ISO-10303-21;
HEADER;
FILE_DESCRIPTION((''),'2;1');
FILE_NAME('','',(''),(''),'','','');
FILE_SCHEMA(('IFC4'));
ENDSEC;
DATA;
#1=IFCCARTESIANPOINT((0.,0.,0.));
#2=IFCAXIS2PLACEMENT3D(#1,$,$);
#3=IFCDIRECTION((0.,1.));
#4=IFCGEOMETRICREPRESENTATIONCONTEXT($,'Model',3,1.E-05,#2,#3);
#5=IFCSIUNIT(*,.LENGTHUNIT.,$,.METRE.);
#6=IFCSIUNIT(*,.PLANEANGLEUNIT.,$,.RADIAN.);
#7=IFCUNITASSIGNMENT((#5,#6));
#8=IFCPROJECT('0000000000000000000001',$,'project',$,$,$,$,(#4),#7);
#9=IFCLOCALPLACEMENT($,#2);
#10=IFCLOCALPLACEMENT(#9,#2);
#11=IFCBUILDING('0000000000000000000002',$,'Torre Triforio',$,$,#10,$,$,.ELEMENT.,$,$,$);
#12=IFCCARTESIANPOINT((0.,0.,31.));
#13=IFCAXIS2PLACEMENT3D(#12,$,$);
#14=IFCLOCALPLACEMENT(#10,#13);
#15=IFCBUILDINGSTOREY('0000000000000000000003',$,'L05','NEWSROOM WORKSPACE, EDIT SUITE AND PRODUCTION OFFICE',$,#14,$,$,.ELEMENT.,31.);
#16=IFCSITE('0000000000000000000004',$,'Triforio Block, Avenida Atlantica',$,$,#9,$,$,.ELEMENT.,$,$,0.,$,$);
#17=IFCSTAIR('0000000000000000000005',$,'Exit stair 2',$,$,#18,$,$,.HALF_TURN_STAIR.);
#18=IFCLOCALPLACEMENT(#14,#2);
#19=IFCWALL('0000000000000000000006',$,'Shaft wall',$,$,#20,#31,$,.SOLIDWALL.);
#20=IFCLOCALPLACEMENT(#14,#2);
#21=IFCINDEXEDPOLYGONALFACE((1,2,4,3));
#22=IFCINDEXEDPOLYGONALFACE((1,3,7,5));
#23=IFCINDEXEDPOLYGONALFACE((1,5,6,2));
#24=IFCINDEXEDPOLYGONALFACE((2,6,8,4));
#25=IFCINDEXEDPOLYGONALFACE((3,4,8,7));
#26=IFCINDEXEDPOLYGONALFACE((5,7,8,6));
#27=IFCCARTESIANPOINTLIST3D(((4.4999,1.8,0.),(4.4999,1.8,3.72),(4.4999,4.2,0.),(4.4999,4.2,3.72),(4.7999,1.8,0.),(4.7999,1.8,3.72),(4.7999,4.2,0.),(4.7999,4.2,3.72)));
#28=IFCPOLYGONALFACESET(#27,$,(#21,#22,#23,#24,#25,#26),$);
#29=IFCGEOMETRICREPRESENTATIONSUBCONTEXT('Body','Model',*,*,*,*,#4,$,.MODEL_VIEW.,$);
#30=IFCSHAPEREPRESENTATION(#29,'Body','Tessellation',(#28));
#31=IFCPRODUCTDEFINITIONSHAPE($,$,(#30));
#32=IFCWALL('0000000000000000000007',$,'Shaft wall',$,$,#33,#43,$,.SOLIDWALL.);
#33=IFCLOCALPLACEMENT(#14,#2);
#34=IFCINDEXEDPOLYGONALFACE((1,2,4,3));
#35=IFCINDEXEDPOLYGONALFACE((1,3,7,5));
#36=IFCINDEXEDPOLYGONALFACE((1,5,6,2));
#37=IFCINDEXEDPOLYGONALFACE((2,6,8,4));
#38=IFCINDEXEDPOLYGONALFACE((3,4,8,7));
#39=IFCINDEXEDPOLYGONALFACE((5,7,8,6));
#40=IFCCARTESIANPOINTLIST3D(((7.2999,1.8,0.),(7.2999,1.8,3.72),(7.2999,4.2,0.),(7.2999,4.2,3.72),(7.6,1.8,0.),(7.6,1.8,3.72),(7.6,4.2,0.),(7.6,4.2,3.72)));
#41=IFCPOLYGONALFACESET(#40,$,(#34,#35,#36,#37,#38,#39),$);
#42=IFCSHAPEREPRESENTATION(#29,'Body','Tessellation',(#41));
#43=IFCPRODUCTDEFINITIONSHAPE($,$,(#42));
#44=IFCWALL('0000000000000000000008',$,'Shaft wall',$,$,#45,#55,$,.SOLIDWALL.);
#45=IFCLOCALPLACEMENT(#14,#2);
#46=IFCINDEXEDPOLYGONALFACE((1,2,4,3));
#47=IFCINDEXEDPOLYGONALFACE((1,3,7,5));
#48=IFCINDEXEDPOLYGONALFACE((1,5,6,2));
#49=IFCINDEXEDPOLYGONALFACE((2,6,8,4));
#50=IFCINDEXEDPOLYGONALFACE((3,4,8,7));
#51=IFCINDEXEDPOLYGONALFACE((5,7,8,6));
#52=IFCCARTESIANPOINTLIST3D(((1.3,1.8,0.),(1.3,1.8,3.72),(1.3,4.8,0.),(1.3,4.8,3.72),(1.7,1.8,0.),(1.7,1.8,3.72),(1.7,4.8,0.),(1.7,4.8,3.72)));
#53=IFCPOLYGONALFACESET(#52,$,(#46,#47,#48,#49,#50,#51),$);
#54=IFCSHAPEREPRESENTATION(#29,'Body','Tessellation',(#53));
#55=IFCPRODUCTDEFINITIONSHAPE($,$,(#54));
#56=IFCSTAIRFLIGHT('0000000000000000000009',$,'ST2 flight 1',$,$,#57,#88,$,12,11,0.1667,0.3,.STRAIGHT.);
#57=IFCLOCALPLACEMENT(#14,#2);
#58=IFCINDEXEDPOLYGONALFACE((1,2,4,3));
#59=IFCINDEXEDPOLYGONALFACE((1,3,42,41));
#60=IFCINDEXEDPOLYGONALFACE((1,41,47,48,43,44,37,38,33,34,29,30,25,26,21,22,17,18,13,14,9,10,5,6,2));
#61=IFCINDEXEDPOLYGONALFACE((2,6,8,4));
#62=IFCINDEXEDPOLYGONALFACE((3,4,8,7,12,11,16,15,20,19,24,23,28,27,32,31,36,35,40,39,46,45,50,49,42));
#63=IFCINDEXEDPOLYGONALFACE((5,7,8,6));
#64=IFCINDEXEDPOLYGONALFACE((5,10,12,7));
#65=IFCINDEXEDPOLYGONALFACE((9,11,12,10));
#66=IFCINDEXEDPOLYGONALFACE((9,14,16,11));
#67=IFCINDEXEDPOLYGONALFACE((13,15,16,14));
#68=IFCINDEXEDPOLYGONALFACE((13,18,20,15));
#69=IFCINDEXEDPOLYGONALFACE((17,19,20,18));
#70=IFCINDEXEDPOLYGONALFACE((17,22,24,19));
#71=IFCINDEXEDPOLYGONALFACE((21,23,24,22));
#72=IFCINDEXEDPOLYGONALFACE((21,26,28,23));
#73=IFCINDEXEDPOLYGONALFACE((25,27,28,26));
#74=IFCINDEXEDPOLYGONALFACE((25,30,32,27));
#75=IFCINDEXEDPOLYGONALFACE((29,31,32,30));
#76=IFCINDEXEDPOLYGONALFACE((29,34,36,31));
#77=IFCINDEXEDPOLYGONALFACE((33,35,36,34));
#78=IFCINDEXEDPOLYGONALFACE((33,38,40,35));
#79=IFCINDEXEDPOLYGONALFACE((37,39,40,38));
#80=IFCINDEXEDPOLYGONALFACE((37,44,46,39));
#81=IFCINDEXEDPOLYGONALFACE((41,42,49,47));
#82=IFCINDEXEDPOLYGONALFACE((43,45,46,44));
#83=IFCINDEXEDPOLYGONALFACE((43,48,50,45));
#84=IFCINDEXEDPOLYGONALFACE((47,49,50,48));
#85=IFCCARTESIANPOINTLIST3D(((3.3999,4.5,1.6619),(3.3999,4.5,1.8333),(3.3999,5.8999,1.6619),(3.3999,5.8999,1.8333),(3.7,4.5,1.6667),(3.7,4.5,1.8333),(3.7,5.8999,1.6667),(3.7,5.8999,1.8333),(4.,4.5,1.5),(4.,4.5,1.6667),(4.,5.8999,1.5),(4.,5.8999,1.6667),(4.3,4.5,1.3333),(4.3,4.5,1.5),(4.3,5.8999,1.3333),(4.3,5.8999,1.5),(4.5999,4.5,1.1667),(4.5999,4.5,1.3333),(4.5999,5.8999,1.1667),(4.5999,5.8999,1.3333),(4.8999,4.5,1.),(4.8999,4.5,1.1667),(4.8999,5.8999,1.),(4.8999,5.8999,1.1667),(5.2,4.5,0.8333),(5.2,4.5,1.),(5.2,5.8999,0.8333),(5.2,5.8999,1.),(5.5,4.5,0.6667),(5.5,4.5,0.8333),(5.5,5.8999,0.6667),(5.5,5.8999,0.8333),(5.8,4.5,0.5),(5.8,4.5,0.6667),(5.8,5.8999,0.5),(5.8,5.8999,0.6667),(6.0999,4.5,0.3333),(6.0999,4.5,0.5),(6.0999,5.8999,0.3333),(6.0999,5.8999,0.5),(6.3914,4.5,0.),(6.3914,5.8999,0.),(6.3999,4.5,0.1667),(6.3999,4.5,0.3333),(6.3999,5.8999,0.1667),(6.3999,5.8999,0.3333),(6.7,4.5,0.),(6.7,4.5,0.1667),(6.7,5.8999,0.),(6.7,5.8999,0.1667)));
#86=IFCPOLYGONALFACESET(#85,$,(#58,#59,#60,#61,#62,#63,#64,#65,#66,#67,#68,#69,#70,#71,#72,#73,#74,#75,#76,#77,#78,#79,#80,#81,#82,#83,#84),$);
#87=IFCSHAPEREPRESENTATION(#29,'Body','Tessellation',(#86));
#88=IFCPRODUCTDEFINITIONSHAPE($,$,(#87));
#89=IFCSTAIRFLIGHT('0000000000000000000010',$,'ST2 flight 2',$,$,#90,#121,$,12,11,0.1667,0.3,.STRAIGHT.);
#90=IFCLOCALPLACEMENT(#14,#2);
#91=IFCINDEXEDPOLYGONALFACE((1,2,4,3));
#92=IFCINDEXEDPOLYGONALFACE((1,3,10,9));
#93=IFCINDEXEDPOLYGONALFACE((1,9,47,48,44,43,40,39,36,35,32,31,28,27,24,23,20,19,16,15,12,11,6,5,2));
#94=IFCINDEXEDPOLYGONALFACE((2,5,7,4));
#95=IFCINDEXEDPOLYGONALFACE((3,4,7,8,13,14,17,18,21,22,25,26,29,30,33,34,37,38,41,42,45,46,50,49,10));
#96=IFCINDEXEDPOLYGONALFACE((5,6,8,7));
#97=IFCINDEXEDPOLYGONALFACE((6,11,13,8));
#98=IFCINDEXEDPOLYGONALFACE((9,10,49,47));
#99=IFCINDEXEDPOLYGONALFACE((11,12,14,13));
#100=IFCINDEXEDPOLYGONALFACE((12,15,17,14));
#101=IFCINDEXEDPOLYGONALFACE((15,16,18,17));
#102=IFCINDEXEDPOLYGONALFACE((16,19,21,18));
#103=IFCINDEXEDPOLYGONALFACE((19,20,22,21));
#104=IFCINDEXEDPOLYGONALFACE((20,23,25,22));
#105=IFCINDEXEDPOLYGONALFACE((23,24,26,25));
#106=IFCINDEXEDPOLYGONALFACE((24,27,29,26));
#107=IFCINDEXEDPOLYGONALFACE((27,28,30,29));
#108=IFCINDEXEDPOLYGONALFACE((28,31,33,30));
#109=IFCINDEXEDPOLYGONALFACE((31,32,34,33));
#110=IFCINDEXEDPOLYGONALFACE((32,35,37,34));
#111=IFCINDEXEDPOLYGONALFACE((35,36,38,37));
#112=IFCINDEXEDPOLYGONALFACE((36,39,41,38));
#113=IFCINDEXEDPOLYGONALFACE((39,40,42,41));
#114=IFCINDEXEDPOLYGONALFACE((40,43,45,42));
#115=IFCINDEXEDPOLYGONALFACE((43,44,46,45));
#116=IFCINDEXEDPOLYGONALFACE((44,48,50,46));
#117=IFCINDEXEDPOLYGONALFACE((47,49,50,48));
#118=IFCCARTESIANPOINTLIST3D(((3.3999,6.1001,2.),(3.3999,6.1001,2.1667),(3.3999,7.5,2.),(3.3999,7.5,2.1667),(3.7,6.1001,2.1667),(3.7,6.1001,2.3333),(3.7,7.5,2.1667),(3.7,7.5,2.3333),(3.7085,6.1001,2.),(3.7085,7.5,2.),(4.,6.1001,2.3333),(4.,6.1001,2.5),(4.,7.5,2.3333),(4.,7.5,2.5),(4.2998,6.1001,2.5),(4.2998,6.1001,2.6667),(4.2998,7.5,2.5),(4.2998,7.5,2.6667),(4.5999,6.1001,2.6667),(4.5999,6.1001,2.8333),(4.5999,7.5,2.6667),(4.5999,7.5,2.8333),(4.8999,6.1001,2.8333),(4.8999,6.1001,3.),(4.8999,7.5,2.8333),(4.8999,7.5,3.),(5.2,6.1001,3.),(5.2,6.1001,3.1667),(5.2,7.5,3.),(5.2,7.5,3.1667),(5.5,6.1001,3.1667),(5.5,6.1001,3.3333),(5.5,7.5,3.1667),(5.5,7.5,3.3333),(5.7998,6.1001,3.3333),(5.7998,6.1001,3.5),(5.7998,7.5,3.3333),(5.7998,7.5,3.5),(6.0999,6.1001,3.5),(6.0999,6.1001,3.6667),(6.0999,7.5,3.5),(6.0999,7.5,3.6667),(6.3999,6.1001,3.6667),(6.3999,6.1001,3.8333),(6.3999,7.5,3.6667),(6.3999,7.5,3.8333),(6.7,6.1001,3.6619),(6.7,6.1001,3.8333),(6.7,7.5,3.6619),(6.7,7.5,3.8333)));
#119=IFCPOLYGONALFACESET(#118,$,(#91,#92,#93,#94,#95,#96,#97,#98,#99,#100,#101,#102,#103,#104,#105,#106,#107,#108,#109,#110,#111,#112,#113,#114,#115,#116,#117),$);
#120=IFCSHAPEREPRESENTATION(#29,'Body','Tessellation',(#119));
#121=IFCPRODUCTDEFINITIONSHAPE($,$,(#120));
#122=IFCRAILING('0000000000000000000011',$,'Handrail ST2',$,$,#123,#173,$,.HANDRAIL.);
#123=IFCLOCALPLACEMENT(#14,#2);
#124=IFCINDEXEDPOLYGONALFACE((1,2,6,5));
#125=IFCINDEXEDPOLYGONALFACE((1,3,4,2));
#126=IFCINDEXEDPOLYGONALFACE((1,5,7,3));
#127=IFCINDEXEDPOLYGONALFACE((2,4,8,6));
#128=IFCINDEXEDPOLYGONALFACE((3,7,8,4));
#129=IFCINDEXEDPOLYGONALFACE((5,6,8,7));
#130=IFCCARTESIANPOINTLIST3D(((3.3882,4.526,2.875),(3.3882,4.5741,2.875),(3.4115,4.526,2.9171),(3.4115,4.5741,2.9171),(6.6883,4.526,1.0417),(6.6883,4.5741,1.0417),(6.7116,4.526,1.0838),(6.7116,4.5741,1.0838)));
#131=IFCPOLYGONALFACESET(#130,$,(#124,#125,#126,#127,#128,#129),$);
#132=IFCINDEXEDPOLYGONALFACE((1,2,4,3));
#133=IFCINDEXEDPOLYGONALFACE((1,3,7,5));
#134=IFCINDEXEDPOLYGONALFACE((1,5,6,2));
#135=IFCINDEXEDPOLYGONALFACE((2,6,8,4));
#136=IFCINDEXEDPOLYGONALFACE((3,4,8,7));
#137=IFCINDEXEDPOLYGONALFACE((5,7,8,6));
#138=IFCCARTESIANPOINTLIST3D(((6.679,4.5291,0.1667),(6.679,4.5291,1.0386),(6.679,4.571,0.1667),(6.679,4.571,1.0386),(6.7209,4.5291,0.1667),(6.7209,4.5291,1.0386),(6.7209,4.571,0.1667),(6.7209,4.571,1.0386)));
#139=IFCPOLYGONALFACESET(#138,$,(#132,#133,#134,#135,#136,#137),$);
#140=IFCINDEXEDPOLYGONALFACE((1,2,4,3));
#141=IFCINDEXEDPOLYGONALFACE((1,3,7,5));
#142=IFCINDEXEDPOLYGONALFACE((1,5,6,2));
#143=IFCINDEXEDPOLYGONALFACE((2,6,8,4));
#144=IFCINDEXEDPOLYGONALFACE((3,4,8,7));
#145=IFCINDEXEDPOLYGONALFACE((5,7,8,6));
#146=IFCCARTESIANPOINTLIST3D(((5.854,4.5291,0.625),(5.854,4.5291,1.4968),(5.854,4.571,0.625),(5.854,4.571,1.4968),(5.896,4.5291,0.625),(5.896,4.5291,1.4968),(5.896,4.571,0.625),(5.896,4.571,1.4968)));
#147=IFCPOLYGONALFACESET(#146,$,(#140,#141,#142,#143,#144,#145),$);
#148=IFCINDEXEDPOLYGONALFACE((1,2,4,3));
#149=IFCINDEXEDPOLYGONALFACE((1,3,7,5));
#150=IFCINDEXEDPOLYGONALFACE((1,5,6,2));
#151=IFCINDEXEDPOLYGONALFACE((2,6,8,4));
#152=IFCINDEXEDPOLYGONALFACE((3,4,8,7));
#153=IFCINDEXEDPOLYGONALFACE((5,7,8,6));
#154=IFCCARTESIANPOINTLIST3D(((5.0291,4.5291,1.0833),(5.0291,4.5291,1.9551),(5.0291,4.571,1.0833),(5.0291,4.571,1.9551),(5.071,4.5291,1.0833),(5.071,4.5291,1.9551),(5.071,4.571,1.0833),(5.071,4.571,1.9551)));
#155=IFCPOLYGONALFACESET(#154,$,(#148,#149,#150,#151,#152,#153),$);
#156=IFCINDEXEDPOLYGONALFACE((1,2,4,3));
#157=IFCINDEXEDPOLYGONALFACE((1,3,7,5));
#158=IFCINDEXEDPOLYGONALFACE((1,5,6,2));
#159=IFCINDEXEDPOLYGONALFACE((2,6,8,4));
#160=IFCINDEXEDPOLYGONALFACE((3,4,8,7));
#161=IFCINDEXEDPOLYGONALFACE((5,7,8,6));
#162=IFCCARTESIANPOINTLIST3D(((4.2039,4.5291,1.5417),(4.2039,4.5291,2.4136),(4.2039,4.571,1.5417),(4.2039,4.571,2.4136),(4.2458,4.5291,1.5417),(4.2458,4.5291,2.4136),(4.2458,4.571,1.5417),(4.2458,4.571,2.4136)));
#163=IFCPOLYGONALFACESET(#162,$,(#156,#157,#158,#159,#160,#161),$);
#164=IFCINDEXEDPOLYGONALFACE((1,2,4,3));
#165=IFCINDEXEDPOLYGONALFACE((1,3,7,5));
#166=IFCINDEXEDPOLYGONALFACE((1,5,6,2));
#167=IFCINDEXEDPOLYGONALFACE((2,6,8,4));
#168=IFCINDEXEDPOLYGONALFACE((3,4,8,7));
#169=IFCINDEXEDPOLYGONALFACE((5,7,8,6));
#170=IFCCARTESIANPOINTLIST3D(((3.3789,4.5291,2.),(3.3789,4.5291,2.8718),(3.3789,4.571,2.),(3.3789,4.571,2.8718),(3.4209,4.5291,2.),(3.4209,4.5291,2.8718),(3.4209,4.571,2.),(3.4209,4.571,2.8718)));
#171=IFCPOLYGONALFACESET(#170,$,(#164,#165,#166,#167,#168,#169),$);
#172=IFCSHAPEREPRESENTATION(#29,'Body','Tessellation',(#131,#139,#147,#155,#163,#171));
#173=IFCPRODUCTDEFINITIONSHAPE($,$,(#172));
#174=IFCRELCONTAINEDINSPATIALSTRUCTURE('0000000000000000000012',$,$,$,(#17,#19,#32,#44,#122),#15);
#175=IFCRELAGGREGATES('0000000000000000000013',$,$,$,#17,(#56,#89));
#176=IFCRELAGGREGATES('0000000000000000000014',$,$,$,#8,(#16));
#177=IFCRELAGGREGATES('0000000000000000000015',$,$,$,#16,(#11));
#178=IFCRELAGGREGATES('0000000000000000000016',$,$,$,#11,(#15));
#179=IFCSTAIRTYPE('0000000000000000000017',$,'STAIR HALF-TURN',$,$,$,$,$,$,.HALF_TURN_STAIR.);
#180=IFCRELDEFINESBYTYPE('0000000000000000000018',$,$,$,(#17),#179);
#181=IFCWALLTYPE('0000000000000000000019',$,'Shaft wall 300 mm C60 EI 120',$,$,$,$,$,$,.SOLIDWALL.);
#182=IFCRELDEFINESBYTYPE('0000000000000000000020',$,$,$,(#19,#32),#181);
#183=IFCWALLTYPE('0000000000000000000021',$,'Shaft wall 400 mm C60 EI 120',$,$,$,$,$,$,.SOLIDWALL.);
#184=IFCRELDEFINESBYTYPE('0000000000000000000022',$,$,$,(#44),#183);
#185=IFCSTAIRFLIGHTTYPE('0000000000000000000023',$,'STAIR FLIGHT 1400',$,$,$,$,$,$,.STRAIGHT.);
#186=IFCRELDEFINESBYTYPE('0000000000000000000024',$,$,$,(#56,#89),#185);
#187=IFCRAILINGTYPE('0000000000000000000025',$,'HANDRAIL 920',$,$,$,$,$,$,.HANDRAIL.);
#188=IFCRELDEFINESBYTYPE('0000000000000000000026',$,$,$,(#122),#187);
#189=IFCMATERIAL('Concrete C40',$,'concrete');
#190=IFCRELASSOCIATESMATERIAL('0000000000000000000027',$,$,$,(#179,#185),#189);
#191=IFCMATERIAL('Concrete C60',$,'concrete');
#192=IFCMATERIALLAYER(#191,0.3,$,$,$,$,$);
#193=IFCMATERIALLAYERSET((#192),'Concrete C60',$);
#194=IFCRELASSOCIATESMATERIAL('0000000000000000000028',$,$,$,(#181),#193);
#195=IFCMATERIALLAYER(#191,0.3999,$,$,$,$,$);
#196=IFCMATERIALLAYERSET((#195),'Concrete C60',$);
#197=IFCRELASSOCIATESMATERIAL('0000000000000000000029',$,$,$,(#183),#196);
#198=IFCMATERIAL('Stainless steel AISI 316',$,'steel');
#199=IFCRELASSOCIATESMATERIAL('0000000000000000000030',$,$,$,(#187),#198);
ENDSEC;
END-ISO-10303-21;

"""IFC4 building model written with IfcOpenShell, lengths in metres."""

from ifc_helpers import new_model, si_unit, direction, frame, frame_2d, origin, origin_2d, place, context, subcontext, project, spatial, polyline, rectangle, outline, extrude, material, layer, layer_set, type_object, element, aggregate, save


model = new_model("IFC4")

# Units and contexts
model_context = context("Model", 3, precision=1e-05, world=origin(), true_north=direction((0.0, 1.0)))
body_context = subcontext(model_context, "Body", "Model", "MODEL_VIEW")
ifc_project = project(units=[si_unit("LENGTHUNIT", "METRE"), si_unit("PLANEANGLEUNIT", "RADIAN")], contexts=[model_context])

# Site, building, storey
site_placement = place(None, origin())
site = spatial("IfcSite", under=ifc_project, at=site_placement, Name="Triforio Block, Avenida Atlantica", CompositionType="ELEMENT", RefElevation=0.0)
building_placement = place(site_placement, origin())
building = spatial("IfcBuilding", under=site, at=building_placement, Name="Torre Triforio", CompositionType="ELEMENT")
storey_placement = place(building_placement, frame((0.0, 0.0, 31.0)))
storey = spatial("IfcBuildingStorey", under=building, at=storey_placement, Name="L05", Description="NEWSROOM WORKSPACE, EDIT SUITE AND PRODUCTION OFFICE", CompositionType="ELEMENT", Elevation=31.0)

# Shared definitions
ifc_material_1 = material(Name="Concrete C60", Category="concrete")

# Stair
ifc_material_2 = material(Name="Concrete C40", Category="concrete")
stair_type = type_object("IfcStairType", Name="STAIR HALF-TURN", PredefinedType="HALF_TURN_STAIR", material=ifc_material_2)
stair_1_placement = place(storey_placement, origin())
stair_1 = element("IfcStair", 1, at=stair_1_placement, inside=storey, type_object=stair_type, Name="Exit stair 2", PredefinedType="HALF_TURN_STAIR")

# Walls
ifc_layer_1 = layer(ifc_material_1, 0.3)
ifc_layer_set_1 = layer_set([ifc_layer_1], Name="Concrete C60")
wall_type_1 = type_object("IfcWallType", Name="Shaft wall 300 mm C60 EI 120", PredefinedType="SOLIDWALL", material=ifc_layer_set_1)
for number, where, z_axis, x_axis, name in (
    (2, (4.6499, 1.8, 0.0), (0.0, 0.0, 1.0), (0.0, 1.0, 0.0), "Shaft wall"),
    (3, (7.45, 1.8, 0.0), (0.0, 0.0, 1.0), (0.0, 1.0, 0.0), "Shaft wall"),
):
    element("IfcWall", number, at=place(storey_placement, frame(where, z_axis=z_axis, x_axis=x_axis)), inside=storey, type_object=wall_type_1, Name=name, PredefinedType="SOLIDWALL", context=body_context, shape_type="SweptSolid", body=[
        extrude(rectangle(XDim=2.3999, YDim=0.3, at=frame_2d((1.2, 0.0))), origin(), (0.0, 0.0, 1.0), 3.72),
    ])
ifc_layer_2 = layer(ifc_material_1, 0.3999)
ifc_layer_set_2 = layer_set([ifc_layer_2], Name="Concrete C60")
wall_type_2 = type_object("IfcWallType", Name="Shaft wall 400 mm C60 EI 120", PredefinedType="SOLIDWALL", material=ifc_layer_set_2)
wall_1_placement = place(storey_placement, frame((1.5, 1.8, 0.0), z_axis=(0.0, 0.0, 1.0), x_axis=(0.0, 1.0, 0.0)))
element("IfcWall", 4, at=wall_1_placement, inside=storey, type_object=wall_type_2, Name="Shaft wall", PredefinedType="SOLIDWALL", context=body_context, shape_type="SweptSolid", body=[
    extrude(rectangle(XDim=3.0, YDim=0.3999, at=frame_2d((1.5, 0.0))), origin(), (0.0, 0.0, 1.0), 3.72),
])

# Stair flights
stair_flight_type = type_object("IfcStairFlightType", Name="STAIR FLIGHT 1400", PredefinedType="STRAIGHT", material=ifc_material_2)
stair_flight_1_placement = place(storey_placement, frame((6.7, 5.2, 0.0), z_axis=(0.0, 0.0, 1.0), x_axis=(-1.0, 0.0, 0.0)))
stair_flight_1 = element("IfcStairFlight", 5, at=stair_flight_1_placement, type_object=stair_flight_type, Name="ST2 flight 1", NumberOfRisers=12, NumberOfTreads=11, PredefinedType="STRAIGHT", RiserHeight=0.1667, TreadLength=0.3, context=body_context, shape_type="SweptSolid", body=[
    extrude(outline(polyline([(0.0, 0.0), (0.0, 0.1667), (0.3, 0.1667), (0.3, 0.3333), (0.6001, 0.3333), (0.6001, 0.5), (0.8999, 0.5), (0.8999, 0.6667), (1.2, 0.6667), (1.2, 0.8333), (1.5, 0.8333), (1.5, 1.0), (1.8, 1.0), (1.8, 1.1667), (2.1001, 1.1667), (2.1001, 1.3333), (2.3999, 1.3333), (2.3999, 1.5), (2.7, 1.5), (2.7, 1.6667), (3.0, 1.6667), (3.0, 1.8333), (3.3, 1.8333), (3.3, 2.0), (3.3, 1.6619), (0.3086, 0.0), (0.0, 0.0)])), frame((0.0, 0.7, 0.0), z_axis=(0.0, -1.0, 0.0), x_axis=(1.0, 0.0, 0.0)), (0.0, 0.0, 1.0), 1.3999),
])
stair_flight_2_placement = place(storey_placement, frame((3.3999, 6.8, 2.0), z_axis=(0.0, 0.0, 1.0), x_axis=(1.0, 0.0, 0.0)))
stair_flight_2 = element("IfcStairFlight", 6, at=stair_flight_2_placement, type_object=stair_flight_type, Name="ST2 flight 2", NumberOfRisers=12, NumberOfTreads=11, PredefinedType="STRAIGHT", RiserHeight=0.1667, TreadLength=0.3, context=body_context, shape_type="SweptSolid", body=[
    extrude(outline(polyline([(0.0, 0.0), (0.0, 0.1667), (0.3, 0.1667), (0.3, 0.3333), (0.6001, 0.3333), (0.6001, 0.5), (0.8999, 0.5), (0.8999, 0.6667), (1.2, 0.6667), (1.2, 0.8333), (1.5, 0.8333), (1.5, 1.0), (1.8, 1.0), (1.8, 1.1667), (2.1001, 1.1667), (2.1001, 1.3333), (2.3999, 1.3333), (2.3999, 1.5), (2.7, 1.5), (2.7, 1.6667), (3.0, 1.6667), (3.0, 1.8333), (3.3, 1.8333), (3.3, 2.0), (3.3, 1.6619), (0.3086, 0.0), (0.0, 0.0)])), frame((0.0, 0.7, 0.0), z_axis=(0.0, -1.0, 0.0), x_axis=(1.0, 0.0, 0.0)), (0.0, 0.0, 1.0), 1.3999),
])
aggregate(stair_1, [stair_flight_1, stair_flight_2])

# Railing
ifc_material_3 = material(Name="Stainless steel AISI 316", Category="steel")
railing_type = type_object("IfcRailingType", Name="HANDRAIL 920", PredefinedType="HANDRAIL", material=ifc_material_3)
for number, where, name in (
    (7, (6.7, 4.55, 0.1667), "Handrail ST2"),
):
    element("IfcRailing", number, at=place(storey_placement, frame(where)), inside=storey, type_object=railing_type, Name=name, PredefinedType="HANDRAIL", context=body_context, shape_type="SweptSolid", body=[
        extrude(rectangle(XDim=0.0481, YDim=0.0481, at=origin_2d()), frame((0.0, 0.0, 0.896), z_axis=(-0.874169, 0.0, 0.485621), x_axis=(0.0, -1.0, 0.0)), (0.0, 0.0, 1.0), 3.7751),
        extrude(rectangle(XDim=0.042, YDim=0.042, at=origin_2d()), origin(), (0.0, 0.0, 1.0), 0.8718),
        extrude(rectangle(XDim=0.042, YDim=0.042, at=origin_2d()), frame((-0.825, 0.0, 0.4583)), (0.0, 0.0, 1.0), 0.8718),
        extrude(rectangle(XDim=0.042, YDim=0.042, at=origin_2d()), frame((-1.6499, 0.0, 0.9165)), (0.0, 0.0, 1.0), 0.8718),
        extrude(rectangle(XDim=0.042, YDim=0.042, at=origin_2d()), frame((-2.4751, 0.0, 1.375)), (0.0, 0.0, 1.0), 0.8718),
        extrude(rectangle(XDim=0.042, YDim=0.042, at=origin_2d()), frame((-3.3, 0.0, 1.8333)), (0.0, 0.0, 1.0), 0.8718),
    ])

save(model, "model.ifc")
